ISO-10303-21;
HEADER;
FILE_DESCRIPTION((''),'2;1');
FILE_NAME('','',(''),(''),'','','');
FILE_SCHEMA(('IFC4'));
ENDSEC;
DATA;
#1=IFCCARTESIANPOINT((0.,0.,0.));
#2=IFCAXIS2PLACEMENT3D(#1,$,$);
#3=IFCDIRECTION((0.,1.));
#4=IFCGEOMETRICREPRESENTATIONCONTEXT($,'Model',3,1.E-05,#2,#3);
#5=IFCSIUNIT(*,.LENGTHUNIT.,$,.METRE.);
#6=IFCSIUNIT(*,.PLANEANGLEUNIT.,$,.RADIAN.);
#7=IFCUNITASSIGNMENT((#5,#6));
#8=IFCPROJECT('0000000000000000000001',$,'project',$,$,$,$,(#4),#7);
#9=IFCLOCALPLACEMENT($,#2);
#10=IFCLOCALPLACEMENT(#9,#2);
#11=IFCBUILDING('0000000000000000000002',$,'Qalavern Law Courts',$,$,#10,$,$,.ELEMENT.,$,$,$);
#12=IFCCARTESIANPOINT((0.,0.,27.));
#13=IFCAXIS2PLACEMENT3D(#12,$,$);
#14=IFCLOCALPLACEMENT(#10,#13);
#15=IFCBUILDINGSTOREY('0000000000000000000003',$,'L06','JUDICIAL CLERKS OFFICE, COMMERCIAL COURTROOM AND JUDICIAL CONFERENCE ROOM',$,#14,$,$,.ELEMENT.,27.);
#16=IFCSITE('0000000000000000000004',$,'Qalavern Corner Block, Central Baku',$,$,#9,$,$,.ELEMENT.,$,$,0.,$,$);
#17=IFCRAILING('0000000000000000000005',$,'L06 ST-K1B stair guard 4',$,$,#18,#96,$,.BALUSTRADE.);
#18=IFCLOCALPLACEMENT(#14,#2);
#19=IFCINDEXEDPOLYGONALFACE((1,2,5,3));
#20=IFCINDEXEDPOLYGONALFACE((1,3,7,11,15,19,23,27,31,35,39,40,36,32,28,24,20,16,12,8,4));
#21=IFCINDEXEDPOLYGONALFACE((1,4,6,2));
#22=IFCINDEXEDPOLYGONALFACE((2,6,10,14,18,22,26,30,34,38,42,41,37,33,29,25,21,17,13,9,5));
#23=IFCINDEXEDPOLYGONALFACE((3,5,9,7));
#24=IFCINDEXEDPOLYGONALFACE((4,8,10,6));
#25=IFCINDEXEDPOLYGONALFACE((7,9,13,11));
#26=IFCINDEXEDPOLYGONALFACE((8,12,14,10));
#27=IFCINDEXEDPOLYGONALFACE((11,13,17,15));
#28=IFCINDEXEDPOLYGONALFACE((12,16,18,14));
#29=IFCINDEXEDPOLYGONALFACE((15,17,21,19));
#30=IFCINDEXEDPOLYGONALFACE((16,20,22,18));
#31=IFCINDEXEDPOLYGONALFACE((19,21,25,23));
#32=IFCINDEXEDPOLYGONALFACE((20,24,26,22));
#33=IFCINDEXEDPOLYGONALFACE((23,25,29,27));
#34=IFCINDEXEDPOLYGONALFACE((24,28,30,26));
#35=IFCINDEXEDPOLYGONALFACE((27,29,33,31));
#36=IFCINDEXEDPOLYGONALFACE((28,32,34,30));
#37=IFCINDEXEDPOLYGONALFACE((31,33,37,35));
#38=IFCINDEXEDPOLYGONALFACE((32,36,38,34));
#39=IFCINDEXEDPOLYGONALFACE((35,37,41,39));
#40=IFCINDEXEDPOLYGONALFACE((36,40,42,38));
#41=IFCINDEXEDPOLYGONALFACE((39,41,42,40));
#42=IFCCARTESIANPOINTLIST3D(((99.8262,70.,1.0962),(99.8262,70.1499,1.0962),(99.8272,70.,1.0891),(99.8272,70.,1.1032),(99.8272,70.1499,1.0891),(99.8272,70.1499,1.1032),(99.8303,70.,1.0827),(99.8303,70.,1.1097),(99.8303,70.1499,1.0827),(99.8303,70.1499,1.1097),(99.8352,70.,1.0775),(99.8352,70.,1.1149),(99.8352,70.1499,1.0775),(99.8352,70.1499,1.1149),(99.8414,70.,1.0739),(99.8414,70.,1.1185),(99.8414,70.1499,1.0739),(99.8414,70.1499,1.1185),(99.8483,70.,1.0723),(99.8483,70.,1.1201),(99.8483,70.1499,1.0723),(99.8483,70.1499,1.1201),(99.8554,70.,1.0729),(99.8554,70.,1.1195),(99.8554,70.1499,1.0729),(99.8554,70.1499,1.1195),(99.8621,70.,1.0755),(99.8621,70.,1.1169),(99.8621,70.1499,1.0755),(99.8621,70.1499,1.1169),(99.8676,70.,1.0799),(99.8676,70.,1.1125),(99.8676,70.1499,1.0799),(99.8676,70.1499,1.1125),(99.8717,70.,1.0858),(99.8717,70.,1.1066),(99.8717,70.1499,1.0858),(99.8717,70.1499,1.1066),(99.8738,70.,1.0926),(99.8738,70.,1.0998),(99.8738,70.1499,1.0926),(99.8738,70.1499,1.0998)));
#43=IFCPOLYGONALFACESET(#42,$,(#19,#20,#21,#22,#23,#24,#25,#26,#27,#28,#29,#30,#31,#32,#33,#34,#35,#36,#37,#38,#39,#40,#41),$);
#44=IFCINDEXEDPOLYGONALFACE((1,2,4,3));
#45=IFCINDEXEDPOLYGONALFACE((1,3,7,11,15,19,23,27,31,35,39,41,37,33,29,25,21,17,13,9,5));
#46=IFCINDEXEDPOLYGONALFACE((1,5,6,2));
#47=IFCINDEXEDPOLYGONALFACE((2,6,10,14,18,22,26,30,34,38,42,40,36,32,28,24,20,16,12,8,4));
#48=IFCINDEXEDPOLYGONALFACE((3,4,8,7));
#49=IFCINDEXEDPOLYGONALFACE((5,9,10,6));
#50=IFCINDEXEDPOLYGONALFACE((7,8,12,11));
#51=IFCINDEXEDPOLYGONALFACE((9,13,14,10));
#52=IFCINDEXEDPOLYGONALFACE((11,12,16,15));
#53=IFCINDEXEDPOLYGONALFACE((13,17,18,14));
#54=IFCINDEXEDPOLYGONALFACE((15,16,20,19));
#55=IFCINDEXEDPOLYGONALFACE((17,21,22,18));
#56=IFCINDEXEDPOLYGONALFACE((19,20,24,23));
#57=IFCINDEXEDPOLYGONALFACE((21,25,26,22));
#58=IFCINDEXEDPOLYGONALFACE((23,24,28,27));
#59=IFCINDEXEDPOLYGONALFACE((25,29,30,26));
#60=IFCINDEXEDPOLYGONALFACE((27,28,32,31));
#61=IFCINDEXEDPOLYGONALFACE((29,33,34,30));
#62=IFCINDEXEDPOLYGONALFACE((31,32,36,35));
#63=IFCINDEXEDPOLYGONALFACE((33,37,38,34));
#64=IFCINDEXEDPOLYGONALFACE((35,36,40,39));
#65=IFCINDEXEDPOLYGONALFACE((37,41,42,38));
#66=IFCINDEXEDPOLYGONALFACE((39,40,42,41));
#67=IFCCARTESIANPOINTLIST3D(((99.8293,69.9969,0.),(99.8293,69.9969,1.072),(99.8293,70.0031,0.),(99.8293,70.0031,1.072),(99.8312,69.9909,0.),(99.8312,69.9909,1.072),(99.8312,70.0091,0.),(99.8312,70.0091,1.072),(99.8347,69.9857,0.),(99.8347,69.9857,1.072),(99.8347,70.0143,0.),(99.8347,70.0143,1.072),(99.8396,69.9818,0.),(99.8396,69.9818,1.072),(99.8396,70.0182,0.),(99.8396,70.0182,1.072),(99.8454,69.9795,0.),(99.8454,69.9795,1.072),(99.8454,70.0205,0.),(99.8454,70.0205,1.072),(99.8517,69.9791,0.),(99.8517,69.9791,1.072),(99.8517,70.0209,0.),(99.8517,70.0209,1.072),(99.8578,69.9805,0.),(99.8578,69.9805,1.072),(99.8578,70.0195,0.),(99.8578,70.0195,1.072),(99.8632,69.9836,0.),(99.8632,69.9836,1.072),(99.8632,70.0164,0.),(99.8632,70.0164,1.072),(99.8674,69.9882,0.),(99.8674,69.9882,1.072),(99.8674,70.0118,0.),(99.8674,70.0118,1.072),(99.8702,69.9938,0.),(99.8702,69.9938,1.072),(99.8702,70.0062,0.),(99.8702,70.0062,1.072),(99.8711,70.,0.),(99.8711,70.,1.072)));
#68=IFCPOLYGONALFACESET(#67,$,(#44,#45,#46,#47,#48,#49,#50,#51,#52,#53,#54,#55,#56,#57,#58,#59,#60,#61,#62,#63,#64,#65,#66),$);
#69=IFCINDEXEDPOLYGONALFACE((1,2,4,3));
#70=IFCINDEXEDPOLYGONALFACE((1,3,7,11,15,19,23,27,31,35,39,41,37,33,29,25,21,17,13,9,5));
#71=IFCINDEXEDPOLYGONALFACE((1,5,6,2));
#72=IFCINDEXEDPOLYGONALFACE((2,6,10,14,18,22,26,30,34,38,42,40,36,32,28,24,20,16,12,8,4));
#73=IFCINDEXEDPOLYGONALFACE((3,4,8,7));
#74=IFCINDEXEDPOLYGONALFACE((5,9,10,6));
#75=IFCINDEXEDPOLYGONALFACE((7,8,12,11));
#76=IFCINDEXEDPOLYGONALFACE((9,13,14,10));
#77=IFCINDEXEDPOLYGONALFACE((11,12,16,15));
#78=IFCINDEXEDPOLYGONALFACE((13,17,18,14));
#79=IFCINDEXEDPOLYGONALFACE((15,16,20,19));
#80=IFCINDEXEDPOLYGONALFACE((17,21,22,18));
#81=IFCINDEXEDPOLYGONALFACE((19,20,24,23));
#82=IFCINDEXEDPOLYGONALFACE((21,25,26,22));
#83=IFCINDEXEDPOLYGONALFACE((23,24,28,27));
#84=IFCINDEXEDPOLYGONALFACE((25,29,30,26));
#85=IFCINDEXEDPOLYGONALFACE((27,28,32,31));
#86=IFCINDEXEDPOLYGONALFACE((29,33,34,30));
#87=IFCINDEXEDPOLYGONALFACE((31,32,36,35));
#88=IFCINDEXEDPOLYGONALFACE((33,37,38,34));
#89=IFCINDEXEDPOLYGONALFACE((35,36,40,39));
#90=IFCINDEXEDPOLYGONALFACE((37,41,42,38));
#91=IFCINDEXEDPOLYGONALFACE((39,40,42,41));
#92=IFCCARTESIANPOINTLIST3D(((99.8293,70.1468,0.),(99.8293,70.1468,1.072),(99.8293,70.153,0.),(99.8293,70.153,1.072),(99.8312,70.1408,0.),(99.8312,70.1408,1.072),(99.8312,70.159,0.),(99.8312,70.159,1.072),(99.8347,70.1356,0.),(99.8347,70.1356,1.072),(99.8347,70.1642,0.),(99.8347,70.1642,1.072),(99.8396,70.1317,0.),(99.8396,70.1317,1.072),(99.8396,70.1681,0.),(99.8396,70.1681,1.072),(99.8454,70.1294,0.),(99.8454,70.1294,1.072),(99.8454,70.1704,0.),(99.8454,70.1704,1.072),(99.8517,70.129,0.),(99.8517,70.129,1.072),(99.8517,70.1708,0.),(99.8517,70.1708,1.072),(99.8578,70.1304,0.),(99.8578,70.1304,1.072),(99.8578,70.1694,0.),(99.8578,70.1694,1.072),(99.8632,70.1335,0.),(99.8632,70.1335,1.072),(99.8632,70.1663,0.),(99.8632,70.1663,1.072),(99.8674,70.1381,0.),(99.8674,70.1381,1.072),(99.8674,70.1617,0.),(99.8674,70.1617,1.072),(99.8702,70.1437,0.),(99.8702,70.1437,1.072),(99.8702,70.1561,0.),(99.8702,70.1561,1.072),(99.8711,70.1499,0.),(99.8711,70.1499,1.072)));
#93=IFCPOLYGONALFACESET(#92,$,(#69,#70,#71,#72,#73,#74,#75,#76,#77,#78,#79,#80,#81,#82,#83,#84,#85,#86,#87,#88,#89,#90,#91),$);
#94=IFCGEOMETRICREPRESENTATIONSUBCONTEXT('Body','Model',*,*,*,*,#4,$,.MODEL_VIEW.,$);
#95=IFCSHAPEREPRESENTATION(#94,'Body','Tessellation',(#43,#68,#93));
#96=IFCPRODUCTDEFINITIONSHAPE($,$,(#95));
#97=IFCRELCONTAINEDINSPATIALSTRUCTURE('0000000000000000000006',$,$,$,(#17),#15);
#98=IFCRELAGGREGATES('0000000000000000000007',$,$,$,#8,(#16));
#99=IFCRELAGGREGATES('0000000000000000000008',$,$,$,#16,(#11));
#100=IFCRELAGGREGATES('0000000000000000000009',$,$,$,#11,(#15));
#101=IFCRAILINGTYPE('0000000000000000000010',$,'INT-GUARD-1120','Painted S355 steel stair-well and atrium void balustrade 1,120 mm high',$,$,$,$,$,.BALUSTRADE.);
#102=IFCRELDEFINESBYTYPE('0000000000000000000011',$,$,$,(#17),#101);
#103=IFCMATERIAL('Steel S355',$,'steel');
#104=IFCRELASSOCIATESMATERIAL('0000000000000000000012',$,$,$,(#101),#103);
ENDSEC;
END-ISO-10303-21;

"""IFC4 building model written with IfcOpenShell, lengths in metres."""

from ifc_helpers import new_model, si_unit, direction, frame, origin, origin_2d, place, context, subcontext, project, spatial, circle, extrude, material, type_object, element, save


model = new_model("IFC4")

# Units and contexts
model_context = context("Model", 3, precision=1e-05, world=origin(), true_north=direction((0.0, 1.0)))
body_context = subcontext(model_context, "Body", "Model", "MODEL_VIEW")
ifc_project = project(units=[si_unit("LENGTHUNIT", "METRE"), si_unit("PLANEANGLEUNIT", "RADIAN")], contexts=[model_context])

# Site, building, storey
site_placement = place(None, origin())
site = spatial("IfcSite", under=ifc_project, at=site_placement, Name="Qalavern Corner Block, Central Baku", CompositionType="ELEMENT", RefElevation=0.0)
building_placement = place(site_placement, origin())
building = spatial("IfcBuilding", under=site, at=building_placement, Name="Qalavern Law Courts", CompositionType="ELEMENT")
storey_placement = place(building_placement, frame((0.0, 0.0, 27.0)))
storey = spatial("IfcBuildingStorey", under=building, at=storey_placement, Name="L06", Description="JUDICIAL CLERKS OFFICE, COMMERCIAL COURTROOM AND JUDICIAL CONFERENCE ROOM", CompositionType="ELEMENT", Elevation=27.0)

# Shared definitions
ifc_material_1 = material(Name="Steel S355", Category="steel")

# Railing
railing_type_1 = type_object("IfcRailingType", Name="INT-GUARD-1120", Description="Painted S355 steel stair-well and atrium void balustrade 1,120 mm high", PredefinedType="BALUSTRADE", material=ifc_material_1)
railing_1_placement = place(storey_placement, frame((99.8501, 70.0, 0.0)))
element("IfcRailing", 1, at=railing_1_placement, inside=storey, type_object=railing_type_1, Name="L06 ST-K1B stair guard 4", PredefinedType="BALUSTRADE", context=body_context, shape_type="SweptSolid", body=[
    extrude(circle(Radius=0.0239, at=origin_2d()), frame((0.0, 0.0, 1.0962), z_axis=(0.0, 1.0, 0.0), x_axis=(-1.0, 0.0, 0.0)), (0.0, 0.0, 1.0), 0.1499),
    extrude(circle(Radius=0.021, at=origin_2d()), origin(), (0.0, 0.0, 1.0), 1.072),
    extrude(circle(Radius=0.021, at=origin_2d()), frame((0.0, 0.1499, 0.0)), (0.0, 0.0, 1.0), 1.072),
])

save(model, "model.ifc")
